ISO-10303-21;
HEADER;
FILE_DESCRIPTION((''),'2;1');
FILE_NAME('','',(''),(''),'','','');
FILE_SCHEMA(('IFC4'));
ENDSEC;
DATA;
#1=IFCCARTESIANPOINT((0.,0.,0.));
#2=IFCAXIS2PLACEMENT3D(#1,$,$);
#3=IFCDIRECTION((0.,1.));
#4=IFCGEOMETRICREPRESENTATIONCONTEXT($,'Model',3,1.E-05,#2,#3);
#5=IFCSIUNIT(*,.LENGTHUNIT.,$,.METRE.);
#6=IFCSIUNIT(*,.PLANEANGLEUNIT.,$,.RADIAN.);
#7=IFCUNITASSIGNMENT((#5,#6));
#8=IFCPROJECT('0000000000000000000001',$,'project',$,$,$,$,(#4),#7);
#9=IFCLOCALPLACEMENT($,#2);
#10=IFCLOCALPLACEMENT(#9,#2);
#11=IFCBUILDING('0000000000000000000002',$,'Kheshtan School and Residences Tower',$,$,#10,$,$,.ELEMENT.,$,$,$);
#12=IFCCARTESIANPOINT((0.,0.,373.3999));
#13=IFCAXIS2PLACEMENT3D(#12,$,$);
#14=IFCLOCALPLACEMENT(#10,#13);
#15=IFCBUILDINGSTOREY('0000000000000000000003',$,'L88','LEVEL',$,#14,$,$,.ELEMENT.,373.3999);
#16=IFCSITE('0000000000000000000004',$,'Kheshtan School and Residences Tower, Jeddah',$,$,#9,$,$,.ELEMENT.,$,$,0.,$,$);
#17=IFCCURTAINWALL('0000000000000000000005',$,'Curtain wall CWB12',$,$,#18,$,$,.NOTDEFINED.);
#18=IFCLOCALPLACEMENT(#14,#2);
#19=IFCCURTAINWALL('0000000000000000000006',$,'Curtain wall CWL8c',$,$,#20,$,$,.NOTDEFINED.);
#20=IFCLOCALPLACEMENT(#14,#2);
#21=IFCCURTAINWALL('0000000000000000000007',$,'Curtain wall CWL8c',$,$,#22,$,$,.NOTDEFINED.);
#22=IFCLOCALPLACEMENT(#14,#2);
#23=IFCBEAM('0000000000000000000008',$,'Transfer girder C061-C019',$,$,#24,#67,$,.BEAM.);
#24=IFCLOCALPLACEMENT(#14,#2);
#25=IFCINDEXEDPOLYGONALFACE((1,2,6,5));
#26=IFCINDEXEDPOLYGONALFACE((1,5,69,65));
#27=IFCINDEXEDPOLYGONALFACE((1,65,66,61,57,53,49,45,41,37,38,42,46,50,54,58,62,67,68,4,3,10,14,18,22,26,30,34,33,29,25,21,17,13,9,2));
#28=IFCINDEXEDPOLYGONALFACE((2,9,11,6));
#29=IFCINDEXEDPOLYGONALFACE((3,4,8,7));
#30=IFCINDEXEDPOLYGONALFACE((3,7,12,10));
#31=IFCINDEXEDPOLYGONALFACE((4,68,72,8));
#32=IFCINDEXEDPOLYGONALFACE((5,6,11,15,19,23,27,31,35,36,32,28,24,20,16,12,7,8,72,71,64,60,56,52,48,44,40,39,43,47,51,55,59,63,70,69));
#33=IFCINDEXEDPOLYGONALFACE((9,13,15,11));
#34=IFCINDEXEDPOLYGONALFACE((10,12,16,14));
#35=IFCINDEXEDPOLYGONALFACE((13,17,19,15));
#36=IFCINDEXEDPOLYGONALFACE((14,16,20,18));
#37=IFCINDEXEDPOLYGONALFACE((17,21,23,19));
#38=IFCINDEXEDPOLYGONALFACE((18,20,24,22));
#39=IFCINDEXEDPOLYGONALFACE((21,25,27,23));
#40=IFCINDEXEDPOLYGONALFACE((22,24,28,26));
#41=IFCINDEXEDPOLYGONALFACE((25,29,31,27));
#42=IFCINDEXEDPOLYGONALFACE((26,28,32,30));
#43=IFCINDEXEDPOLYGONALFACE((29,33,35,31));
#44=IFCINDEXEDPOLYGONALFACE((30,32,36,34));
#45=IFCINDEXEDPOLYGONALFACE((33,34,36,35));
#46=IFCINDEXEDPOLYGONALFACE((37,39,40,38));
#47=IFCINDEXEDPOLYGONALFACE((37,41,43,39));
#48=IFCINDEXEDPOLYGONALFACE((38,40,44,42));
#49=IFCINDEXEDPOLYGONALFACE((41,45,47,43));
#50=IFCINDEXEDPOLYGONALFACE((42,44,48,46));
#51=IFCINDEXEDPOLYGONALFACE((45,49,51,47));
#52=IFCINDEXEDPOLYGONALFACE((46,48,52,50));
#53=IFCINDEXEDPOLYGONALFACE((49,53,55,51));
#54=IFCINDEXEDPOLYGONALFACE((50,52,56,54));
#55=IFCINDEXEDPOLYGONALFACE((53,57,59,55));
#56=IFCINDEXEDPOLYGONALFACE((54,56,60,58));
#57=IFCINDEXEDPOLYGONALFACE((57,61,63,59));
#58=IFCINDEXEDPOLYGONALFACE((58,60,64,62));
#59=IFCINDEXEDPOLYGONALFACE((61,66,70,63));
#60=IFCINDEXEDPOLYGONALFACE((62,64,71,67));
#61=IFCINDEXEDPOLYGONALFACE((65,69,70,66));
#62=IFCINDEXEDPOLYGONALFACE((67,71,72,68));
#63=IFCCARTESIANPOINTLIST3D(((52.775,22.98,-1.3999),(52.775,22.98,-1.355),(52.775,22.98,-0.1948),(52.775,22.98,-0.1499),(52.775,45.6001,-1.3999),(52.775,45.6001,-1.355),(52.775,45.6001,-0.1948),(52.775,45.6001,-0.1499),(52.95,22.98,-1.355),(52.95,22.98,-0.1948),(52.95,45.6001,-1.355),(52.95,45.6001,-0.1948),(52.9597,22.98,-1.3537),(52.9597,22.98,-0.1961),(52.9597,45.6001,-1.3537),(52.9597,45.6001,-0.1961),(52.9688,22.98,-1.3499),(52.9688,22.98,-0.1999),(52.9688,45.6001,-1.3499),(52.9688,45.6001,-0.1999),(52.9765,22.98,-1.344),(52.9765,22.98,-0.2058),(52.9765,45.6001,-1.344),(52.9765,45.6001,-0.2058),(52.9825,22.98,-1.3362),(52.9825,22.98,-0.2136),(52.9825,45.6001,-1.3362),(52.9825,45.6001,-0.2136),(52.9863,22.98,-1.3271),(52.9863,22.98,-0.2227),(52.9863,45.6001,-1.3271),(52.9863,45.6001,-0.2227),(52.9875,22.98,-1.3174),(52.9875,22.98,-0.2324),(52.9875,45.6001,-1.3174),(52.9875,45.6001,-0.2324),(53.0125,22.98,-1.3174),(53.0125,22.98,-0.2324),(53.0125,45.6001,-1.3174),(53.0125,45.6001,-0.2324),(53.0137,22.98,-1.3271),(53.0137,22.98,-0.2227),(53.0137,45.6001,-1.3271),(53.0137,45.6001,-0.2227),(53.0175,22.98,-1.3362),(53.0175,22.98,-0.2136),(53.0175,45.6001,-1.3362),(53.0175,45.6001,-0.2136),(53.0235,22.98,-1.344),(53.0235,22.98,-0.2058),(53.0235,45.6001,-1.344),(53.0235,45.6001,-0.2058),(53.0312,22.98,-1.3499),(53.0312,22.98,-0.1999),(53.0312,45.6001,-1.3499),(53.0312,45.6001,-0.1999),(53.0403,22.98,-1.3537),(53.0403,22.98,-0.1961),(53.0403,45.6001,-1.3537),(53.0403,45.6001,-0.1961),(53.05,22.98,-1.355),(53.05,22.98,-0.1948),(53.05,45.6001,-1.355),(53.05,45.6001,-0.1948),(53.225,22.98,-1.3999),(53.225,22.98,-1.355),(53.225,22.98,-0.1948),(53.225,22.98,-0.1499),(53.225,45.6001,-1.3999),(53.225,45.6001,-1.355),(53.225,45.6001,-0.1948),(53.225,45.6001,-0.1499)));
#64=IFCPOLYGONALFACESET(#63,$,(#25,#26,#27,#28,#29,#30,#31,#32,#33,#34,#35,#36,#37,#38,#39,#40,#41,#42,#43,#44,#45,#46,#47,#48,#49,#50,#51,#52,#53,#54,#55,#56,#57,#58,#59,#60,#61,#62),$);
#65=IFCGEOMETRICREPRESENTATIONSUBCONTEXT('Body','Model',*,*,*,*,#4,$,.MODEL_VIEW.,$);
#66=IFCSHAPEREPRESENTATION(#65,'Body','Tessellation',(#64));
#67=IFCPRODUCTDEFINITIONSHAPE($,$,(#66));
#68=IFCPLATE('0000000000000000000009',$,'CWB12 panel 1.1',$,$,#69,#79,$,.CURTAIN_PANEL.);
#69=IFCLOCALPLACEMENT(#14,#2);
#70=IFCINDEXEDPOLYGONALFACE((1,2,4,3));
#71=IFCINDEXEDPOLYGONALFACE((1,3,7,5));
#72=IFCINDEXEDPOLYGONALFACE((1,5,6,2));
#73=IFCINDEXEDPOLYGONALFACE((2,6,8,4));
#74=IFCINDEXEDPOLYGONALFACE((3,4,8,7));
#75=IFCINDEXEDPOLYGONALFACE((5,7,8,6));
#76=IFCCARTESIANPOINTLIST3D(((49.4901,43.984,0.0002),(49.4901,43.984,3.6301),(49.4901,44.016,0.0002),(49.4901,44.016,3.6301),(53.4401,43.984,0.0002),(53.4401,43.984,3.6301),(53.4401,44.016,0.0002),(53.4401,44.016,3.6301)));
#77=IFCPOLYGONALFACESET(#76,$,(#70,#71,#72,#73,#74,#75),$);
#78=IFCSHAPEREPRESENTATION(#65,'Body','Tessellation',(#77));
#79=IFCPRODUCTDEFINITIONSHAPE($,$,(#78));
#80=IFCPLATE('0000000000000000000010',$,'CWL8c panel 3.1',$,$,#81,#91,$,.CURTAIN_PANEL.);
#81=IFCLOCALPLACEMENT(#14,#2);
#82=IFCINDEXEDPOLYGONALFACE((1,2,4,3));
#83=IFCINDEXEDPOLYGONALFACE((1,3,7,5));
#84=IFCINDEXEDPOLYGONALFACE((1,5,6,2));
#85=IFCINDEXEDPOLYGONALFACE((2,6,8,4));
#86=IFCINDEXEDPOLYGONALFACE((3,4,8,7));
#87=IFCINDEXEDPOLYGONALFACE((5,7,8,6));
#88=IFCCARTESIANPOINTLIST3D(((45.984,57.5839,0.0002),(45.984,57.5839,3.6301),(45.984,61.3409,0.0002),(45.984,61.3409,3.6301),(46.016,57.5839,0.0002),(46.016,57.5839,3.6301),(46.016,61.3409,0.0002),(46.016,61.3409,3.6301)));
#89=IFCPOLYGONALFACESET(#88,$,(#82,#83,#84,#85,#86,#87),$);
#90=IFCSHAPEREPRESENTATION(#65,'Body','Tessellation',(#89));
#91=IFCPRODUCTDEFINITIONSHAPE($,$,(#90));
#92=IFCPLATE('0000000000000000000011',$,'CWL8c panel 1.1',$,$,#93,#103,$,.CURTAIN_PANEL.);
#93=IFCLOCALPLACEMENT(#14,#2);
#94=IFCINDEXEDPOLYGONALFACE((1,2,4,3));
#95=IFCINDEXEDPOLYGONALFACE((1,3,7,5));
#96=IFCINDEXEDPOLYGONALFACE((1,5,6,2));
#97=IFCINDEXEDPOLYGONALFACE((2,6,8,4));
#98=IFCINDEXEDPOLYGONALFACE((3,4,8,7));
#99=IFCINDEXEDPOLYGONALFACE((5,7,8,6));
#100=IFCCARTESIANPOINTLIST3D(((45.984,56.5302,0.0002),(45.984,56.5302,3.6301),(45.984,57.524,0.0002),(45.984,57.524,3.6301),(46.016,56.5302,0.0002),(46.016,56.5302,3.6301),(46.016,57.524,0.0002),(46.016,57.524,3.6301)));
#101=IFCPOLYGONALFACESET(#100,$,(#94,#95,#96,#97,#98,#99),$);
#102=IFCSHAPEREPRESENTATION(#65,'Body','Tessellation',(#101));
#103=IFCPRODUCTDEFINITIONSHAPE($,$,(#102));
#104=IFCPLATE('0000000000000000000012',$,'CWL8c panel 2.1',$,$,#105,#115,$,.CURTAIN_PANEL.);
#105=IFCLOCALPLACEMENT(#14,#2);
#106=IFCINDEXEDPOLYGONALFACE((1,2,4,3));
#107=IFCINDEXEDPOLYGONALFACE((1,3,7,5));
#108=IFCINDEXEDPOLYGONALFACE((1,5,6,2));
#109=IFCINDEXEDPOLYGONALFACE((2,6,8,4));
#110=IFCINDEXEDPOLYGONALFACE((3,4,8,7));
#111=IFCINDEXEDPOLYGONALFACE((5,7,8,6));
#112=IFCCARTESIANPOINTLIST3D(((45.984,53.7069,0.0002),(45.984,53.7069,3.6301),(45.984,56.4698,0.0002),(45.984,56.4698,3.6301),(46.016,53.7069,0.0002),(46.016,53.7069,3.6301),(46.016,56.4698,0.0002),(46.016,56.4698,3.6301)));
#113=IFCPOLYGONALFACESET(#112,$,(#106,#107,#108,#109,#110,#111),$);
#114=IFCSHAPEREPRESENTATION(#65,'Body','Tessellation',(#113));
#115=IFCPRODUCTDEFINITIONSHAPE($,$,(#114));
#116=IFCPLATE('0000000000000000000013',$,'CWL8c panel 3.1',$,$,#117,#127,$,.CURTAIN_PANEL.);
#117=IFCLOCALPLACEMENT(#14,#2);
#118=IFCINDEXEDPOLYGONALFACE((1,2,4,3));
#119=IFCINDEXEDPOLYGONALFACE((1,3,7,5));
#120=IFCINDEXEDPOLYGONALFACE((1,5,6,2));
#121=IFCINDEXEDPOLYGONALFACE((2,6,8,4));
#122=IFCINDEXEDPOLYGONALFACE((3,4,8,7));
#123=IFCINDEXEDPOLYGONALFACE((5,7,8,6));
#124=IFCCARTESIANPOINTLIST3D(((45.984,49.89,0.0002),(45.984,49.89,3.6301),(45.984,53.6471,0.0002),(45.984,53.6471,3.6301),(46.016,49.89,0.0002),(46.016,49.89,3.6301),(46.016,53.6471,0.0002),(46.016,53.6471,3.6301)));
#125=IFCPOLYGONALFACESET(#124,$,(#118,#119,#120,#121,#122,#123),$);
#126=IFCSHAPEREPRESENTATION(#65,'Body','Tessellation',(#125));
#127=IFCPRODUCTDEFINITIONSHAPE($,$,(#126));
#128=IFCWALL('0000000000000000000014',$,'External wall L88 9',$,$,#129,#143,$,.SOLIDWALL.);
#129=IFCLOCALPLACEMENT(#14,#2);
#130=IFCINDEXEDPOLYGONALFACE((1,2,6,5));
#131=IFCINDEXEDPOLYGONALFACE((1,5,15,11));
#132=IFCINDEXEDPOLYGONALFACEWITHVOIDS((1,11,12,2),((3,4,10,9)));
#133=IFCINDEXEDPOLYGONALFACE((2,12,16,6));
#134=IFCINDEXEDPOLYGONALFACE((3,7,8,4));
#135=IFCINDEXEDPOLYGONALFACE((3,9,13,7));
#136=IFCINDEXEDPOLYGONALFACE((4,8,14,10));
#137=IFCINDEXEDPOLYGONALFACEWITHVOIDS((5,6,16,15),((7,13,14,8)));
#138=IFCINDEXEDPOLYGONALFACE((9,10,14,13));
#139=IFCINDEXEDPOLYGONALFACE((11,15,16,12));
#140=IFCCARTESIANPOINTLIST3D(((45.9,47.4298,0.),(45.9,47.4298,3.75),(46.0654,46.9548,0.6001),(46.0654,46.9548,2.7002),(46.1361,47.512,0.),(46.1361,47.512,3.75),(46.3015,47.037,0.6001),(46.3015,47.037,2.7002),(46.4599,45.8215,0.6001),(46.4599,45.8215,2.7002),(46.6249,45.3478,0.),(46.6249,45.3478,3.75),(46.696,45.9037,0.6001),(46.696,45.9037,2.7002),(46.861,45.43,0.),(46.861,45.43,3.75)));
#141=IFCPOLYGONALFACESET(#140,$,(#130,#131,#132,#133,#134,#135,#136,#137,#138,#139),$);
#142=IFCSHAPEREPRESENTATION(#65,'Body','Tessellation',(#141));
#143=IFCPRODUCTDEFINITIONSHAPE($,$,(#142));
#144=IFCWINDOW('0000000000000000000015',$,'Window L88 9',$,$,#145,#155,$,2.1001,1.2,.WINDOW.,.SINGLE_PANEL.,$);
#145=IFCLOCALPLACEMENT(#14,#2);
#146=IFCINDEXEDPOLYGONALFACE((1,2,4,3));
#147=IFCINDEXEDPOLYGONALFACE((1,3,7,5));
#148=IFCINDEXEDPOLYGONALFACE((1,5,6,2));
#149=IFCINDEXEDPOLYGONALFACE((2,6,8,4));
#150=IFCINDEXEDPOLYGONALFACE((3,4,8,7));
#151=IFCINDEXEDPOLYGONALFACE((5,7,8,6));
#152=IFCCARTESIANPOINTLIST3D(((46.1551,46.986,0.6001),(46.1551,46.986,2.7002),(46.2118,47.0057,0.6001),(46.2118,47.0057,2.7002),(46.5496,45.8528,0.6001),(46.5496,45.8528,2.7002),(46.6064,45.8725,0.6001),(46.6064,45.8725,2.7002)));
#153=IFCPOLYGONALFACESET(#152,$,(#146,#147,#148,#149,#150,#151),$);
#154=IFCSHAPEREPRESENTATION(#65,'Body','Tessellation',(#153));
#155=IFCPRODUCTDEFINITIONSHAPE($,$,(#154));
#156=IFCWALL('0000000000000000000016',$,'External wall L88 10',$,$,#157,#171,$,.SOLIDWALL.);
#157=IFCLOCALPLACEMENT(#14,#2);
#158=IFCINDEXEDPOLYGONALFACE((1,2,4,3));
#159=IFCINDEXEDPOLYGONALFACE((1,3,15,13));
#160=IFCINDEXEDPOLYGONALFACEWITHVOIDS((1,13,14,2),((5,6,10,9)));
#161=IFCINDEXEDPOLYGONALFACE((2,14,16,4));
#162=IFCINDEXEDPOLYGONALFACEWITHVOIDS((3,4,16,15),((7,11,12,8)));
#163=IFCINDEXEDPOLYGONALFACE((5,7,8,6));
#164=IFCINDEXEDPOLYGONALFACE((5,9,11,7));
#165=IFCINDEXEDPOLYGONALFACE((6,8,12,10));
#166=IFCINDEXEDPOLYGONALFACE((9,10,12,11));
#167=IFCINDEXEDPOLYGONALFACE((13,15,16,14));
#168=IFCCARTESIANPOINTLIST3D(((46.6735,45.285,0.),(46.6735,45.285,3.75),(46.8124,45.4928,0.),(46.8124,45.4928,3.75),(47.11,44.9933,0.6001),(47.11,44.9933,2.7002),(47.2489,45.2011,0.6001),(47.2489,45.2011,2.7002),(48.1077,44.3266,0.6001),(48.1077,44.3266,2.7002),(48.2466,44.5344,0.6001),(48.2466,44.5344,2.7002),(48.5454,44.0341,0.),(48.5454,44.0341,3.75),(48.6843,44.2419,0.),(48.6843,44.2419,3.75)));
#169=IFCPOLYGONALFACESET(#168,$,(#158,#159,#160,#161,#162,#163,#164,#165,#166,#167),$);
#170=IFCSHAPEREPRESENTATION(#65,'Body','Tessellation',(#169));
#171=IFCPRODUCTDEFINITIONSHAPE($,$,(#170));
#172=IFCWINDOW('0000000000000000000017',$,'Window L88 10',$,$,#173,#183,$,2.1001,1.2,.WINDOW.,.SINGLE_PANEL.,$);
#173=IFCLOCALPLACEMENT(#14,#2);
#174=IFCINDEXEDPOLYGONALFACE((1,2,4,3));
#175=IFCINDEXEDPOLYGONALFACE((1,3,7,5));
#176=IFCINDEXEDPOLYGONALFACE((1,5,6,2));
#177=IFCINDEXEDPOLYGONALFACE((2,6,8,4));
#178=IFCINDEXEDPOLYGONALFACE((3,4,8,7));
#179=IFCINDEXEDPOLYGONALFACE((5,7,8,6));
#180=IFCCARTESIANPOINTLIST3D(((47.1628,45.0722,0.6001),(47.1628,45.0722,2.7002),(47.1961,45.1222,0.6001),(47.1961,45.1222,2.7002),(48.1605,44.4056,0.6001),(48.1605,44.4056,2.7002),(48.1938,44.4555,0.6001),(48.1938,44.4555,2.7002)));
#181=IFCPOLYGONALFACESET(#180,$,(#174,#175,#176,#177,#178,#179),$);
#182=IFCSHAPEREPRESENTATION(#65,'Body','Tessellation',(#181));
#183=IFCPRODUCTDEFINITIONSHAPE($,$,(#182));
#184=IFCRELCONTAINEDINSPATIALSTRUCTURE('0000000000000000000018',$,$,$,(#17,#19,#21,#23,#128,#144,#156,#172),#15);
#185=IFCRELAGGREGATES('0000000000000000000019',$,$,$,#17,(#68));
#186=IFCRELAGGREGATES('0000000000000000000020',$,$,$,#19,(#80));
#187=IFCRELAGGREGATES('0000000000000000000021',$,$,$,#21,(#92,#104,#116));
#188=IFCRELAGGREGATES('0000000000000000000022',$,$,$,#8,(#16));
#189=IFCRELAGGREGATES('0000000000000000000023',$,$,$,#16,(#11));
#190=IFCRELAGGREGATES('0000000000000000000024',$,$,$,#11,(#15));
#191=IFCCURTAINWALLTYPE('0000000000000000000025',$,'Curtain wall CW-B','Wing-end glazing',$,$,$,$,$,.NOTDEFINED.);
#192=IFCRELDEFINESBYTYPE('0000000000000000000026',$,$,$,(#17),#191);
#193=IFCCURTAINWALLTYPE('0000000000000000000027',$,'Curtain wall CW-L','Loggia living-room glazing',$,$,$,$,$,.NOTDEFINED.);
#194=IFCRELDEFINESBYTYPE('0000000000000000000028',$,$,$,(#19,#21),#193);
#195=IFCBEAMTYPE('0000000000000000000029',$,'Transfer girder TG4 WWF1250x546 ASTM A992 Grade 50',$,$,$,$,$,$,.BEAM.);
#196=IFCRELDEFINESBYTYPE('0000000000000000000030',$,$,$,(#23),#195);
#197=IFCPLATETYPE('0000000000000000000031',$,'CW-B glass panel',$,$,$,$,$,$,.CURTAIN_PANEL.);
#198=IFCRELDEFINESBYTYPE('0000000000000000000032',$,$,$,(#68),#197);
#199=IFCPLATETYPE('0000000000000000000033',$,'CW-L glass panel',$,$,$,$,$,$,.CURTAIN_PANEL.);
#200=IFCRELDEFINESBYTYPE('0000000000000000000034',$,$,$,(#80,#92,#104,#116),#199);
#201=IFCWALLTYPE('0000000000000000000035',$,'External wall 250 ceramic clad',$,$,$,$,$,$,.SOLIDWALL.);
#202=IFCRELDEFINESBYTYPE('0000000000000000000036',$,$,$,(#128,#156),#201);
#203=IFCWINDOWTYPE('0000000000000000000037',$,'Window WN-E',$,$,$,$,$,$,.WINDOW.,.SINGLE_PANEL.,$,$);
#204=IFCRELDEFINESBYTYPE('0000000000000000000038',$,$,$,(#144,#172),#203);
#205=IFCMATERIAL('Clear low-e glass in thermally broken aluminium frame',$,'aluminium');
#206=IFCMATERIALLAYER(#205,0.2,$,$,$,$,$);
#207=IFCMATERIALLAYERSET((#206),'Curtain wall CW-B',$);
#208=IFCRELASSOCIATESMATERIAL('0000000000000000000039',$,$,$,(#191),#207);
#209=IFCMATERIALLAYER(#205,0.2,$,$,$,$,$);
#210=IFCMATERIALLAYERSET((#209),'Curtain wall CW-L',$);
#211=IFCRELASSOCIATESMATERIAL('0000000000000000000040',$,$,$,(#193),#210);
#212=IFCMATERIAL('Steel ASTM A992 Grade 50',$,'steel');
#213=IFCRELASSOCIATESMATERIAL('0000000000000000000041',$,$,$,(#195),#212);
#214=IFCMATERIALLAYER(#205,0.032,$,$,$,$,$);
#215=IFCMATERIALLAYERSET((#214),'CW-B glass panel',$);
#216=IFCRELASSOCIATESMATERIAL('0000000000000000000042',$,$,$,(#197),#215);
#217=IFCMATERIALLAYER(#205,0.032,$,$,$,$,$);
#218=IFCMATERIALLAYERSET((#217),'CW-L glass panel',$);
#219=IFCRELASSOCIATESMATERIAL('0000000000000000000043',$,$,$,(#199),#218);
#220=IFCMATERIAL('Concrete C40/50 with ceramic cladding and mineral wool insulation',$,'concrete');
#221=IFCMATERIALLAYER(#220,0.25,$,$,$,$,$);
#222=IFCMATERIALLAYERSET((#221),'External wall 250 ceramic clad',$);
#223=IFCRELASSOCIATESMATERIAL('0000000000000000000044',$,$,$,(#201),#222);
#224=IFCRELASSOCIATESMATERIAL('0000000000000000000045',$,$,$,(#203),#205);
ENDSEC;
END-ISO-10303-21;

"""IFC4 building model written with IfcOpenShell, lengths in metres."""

from ifc_helpers import new_model, si_unit, direction, frame, frame_2d, origin, origin_2d, place, context, subcontext, project, spatial, rectangle, i_section, extrude, source, transform, mapped, material, layer, layer_set, material_profile, profile_set, type_object, element, fill, aggregate, save


model = new_model("IFC4")

# Units and contexts
model_context = context("Model", 3, precision=1e-05, world=origin(), true_north=direction((0.0, 1.0)))
body_context = subcontext(model_context, "Body", "Model", "MODEL_VIEW")
ifc_project = project(units=[si_unit("LENGTHUNIT", "METRE"), si_unit("PLANEANGLEUNIT", "RADIAN")], contexts=[model_context])

# Site, building, storey
site_placement = place(None, origin())
site = spatial("IfcSite", under=ifc_project, at=site_placement, Name="Kheshtan School and Residences Tower, Jeddah", CompositionType="ELEMENT", RefElevation=0.0)
building_placement = place(site_placement, origin())
building = spatial("IfcBuilding", under=site, at=building_placement, Name="Kheshtan School and Residences Tower", CompositionType="ELEMENT")
storey_placement = place(building_placement, frame((0.0, 0.0, 373.3999)))
storey = spatial("IfcBuildingStorey", under=building, at=storey_placement, Name="L88", Description="LEVEL", CompositionType="ELEMENT", Elevation=373.3999)

# Shared definitions
ifc_material_1 = material(Name="Steel ASTM A992 Grade 50", Category="steel")

# Curtain wall
ifc_material_2 = material(Name="Clear low-e glass in thermally broken aluminium frame", Category="aluminium")
ifc_layer_1 = layer(ifc_material_2, 0.2)
ifc_layer_set_1 = layer_set([ifc_layer_1], Name="Curtain wall CW-B")
curtain_wall_type_1 = type_object("IfcCurtainWallType", Name="Curtain wall CW-B", Description="Wing-end glazing", PredefinedType="NOTDEFINED", material=ifc_layer_set_1)
curtain_wall_1_placement = place(storey_placement, origin())
curtain_wall_1 = element("IfcCurtainWall", 1, at=curtain_wall_1_placement, inside=storey, type_object=curtain_wall_type_1, Name="Curtain wall CWB12", PredefinedType="NOTDEFINED")

# Curtain wall
ifc_layer_2 = layer(ifc_material_2, 0.2)
ifc_layer_set_2 = layer_set([ifc_layer_2], Name="Curtain wall CW-L")
curtain_wall_type_2 = type_object("IfcCurtainWallType", Name="Curtain wall CW-L", Description="Loggia living-room glazing", PredefinedType="NOTDEFINED", material=ifc_layer_set_2)
curtain_wall_2_placement = place(storey_placement, origin())
curtain_wall_2 = element("IfcCurtainWall", 2, at=curtain_wall_2_placement, inside=storey, type_object=curtain_wall_type_2, Name="Curtain wall CWL8c", PredefinedType="NOTDEFINED")

# Curtain wall
curtain_wall_3_placement = place(storey_placement, origin())
curtain_wall_3 = element("IfcCurtainWall", 3, at=curtain_wall_3_placement, inside=storey, type_object=curtain_wall_type_2, Name="Curtain wall CWL8c", PredefinedType="NOTDEFINED")

# Beam
ifc_material_profile_1 = material_profile(ifc_material_1, i_section(OverallWidth=0.45, OverallDepth=1.25, WebThickness=0.0249, FlangeThickness=0.0449, FilletRadius=0.0376, at=origin_2d()), Name="WWF1250x546")
ifc_profile_set_1 = profile_set([ifc_material_profile_1], Name="Steel ASTM A992 Grade 50")
beam_type_1 = type_object("IfcBeamType", Name="Transfer girder TG4 WWF1250x546 ASTM A992 Grade 50", PredefinedType="BEAM", material=ifc_profile_set_1)
beam_1_placement = place(storey_placement, frame((53.0, 45.6001, -0.7749), z_axis=(0.0, -1.0, 0.0), x_axis=(1.0, 0.0, 0.0)))
element("IfcBeam", 4, at=beam_1_placement, inside=storey, type_object=beam_type_1, Name="Transfer girder C061-C019", PredefinedType="BEAM", context=body_context, shape_type="SweptSolid", body=[
    extrude(i_section(OverallWidth=0.45, OverallDepth=1.25, WebThickness=0.0249, FlangeThickness=0.0449, FilletRadius=0.0376, at=origin_2d()), origin(), (0.0, 0.0, 1.0), 22.6201),
])

# Plates
ifc_layer_3 = layer(ifc_material_2, 0.032)
ifc_layer_set_3 = layer_set([ifc_layer_3], Name="CW-B glass panel")
plate_type_1 = type_object("IfcPlateType", Name="CW-B glass panel", PredefinedType="CURTAIN_PANEL", material=ifc_layer_set_3)
plate_1_placement = place(storey_placement, frame((51.4651, 44.0, 0.0002), z_axis=(0.0, 0.0, 1.0), x_axis=(1.0, 0.0, 0.0)))
plate_1 = element("IfcPlate", 5, at=plate_1_placement, type_object=plate_type_1, Name="CWB12 panel 1.1", PredefinedType="CURTAIN_PANEL", context=body_context, shape_type="SweptSolid", body=[
    extrude(rectangle(XDim=3.95, YDim=0.032, at=origin_2d()), origin(), (0.0, 0.0, 1.0), 3.6299),
])
aggregate(curtain_wall_1, [plate_1])
ifc_layer_4 = layer(ifc_material_2, 0.032)
ifc_layer_set_4 = layer_set([ifc_layer_4], Name="CW-L glass panel")
plate_type_2 = type_object("IfcPlateType", Name="CW-L glass panel", PredefinedType="CURTAIN_PANEL", material=ifc_layer_set_4)
plate_2_placement = place(storey_placement, frame((46.0, 59.4624, 0.0002), z_axis=(0.0, 0.0, 1.0), x_axis=(0.0, -1.0, 0.0)))
plate_2 = element("IfcPlate", 6, at=plate_2_placement, type_object=plate_type_2, Name="CWL8c panel 3.1", PredefinedType="CURTAIN_PANEL", context=body_context, shape_type="SweptSolid", body=[
    extrude(rectangle(XDim=3.7571, YDim=0.032, at=origin_2d()), origin(), (0.0, 0.0, 1.0), 3.6299),
])
aggregate(curtain_wall_2, [plate_2])
plate_3_placement = place(storey_placement, frame((46.0, 57.0271, 0.0002), z_axis=(0.0, 0.0, 1.0), x_axis=(0.0, -1.0, 0.0)))
plate_3 = element("IfcPlate", 7, at=plate_3_placement, type_object=plate_type_2, Name="CWL8c panel 1.1", PredefinedType="CURTAIN_PANEL", context=body_context, shape_type="SweptSolid", body=[
    extrude(rectangle(XDim=0.9939, YDim=0.032, at=origin_2d()), origin(), (0.0, 0.0, 1.0), 3.6299),
])
plate_4_placement = place(storey_placement, frame((46.0, 55.0884, 0.0002), z_axis=(0.0, 0.0, 1.0), x_axis=(0.0, -1.0, 0.0)))
plate_4 = element("IfcPlate", 8, at=plate_4_placement, type_object=plate_type_2, Name="CWL8c panel 2.1", PredefinedType="CURTAIN_PANEL", context=body_context, shape_type="SweptSolid", body=[
    extrude(rectangle(XDim=2.7629, YDim=0.032, at=origin_2d()), origin(), (0.0, 0.0, 1.0), 3.6299),
])
plate_5_placement = place(storey_placement, frame((46.0, 51.7686, 0.0002), z_axis=(0.0, 0.0, 1.0), x_axis=(0.0, -1.0, 0.0)))
plate_5 = element("IfcPlate", 9, at=plate_5_placement, type_object=plate_type_2, Name="CWL8c panel 3.1", PredefinedType="CURTAIN_PANEL", context=body_context, shape_type="SweptSolid", body=[
    extrude(rectangle(XDim=3.7571, YDim=0.032, at=origin_2d()), origin(), (0.0, 0.0, 1.0), 3.6299),
])
aggregate(curtain_wall_3, [plate_3, plate_4, plate_5])

# Walls, openings, windows
ifc_material_3 = material(Name="Concrete C40/50 with ceramic cladding and mineral wool insulation", Category="concrete")
ifc_layer_5 = layer(ifc_material_3, 0.25)
ifc_layer_set_5 = layer_set([ifc_layer_5], Name="External wall 250 ceramic clad")
wall_type_1 = type_object("IfcWallType", Name="External wall 250 ceramic clad", PredefinedType="SOLIDWALL", material=ifc_layer_set_5)
wall_1_placement = place(storey_placement, frame((46.0181, 47.4709, 0.0), z_axis=(0.0, 0.0, 1.0), x_axis=(0.328791, -0.944403, 0.0)))
wall_1 = element("IfcWall", 10, at=wall_1_placement, inside=storey, type_object=wall_type_1, Name="External wall L88 9", PredefinedType="SOLIDWALL", context=body_context, shape_type="SweptSolid", body=[
    extrude(rectangle(XDim=2.2046, YDim=0.25, at=frame_2d((1.1023, 0.0))), origin(), (0.0, 0.0, 1.0), 3.75),
])
opening_1_placement = place(wall_1_placement, frame((0.5029, 0.0, 0.6001)))
opening_1 = element("IfcOpeningElement", 11, at=opening_1_placement, cuts=wall_1, PredefinedType="OPENING", context=body_context, shape_type="SweptSolid", body=[
    extrude(rectangle(XDim=1.2, YDim=2.1001, at=frame_2d((0.6001, 1.05))), frame((0.0, 0.135, 0.0), z_axis=(0.0, -1.0, 0.0), x_axis=(1.0, 0.0, 0.0)), (0.0, 0.0, 1.0), 0.27),
])
window_type = type_object("IfcWindowType", Name="Window WN-E", PartitioningType="SINGLE_PANEL", PredefinedType="WINDOW", material=ifc_material_2)
shared_shape_1 = source(origin(), body_context, "Body", "SweptSolid", [
    extrude(rectangle(XDim=1.2, YDim=2.1001, at=frame_2d((0.6001, 1.05))), frame((0.0, 0.03, 0.0), z_axis=(0.0, -1.0, 0.0), x_axis=(1.0, 0.0, 0.0)), (0.0, 0.0, 1.0), 0.0601),
])
window_1_placement = place(opening_1_placement, origin())
window_1 = element("IfcWindow", 12, at=window_1_placement, inside=storey, type_object=window_type, Name="Window L88 9", OverallHeight=2.1001, OverallWidth=1.2, PartitioningType="SINGLE_PANEL", PredefinedType="WINDOW", context=body_context, shape_type="MappedRepresentation", body=[
    mapped(shared_shape_1, transform((0.0, 0.0, 0.0), x_axis=(1.0, 0.0, 0.0), y_axis=(0.0, 1.0, 0.0), z_axis=(0.0, 0.0, 1.0), scale=1.0)),
])
fill(opening_1, window_1)
wall_2_placement = place(storey_placement, frame((46.7429, 45.3889, 0.0), z_axis=(0.0, 0.0, 1.0), x_axis=(0.831449, -0.555601, 0.0)))
wall_2 = element("IfcWall", 13, at=wall_2_placement, inside=storey, type_object=wall_type_1, Name="External wall L88 10", PredefinedType="SOLIDWALL", context=body_context, shape_type="SweptSolid", body=[
    extrude(rectangle(XDim=2.2515, YDim=0.25, at=frame_2d((1.1257, 0.0))), origin(), (0.0, 0.0, 1.0), 3.75),
])
opening_2_placement = place(wall_2_placement, frame((0.5249, 0.0, 0.6001)))
opening_2 = element("IfcOpeningElement", 14, at=opening_2_placement, cuts=wall_2, PredefinedType="OPENING", context=body_context, shape_type="SweptSolid", body=[
    extrude(rectangle(XDim=1.2, YDim=2.1001, at=frame_2d((0.6001, 1.05))), frame((0.0, 0.135, 0.0), z_axis=(0.0, -1.0, 0.0), x_axis=(1.0, 0.0, 0.0)), (0.0, 0.0, 1.0), 0.27),
])
window_2_placement = place(opening_2_placement, origin())
window_2 = element("IfcWindow", 15, at=window_2_placement, inside=storey, type_object=window_type, Name="Window L88 10", OverallHeight=2.1001, OverallWidth=1.2, PartitioningType="SINGLE_PANEL", PredefinedType="WINDOW", context=body_context, shape_type="MappedRepresentation", body=[
    mapped(shared_shape_1, transform((0.0, 0.0, 0.0), x_axis=(1.0, 0.0, 0.0), y_axis=(0.0, 1.0, 0.0), z_axis=(0.0, 0.0, 1.0), scale=1.0)),
])
fill(opening_2, window_2)

save(model, "model.ifc")
